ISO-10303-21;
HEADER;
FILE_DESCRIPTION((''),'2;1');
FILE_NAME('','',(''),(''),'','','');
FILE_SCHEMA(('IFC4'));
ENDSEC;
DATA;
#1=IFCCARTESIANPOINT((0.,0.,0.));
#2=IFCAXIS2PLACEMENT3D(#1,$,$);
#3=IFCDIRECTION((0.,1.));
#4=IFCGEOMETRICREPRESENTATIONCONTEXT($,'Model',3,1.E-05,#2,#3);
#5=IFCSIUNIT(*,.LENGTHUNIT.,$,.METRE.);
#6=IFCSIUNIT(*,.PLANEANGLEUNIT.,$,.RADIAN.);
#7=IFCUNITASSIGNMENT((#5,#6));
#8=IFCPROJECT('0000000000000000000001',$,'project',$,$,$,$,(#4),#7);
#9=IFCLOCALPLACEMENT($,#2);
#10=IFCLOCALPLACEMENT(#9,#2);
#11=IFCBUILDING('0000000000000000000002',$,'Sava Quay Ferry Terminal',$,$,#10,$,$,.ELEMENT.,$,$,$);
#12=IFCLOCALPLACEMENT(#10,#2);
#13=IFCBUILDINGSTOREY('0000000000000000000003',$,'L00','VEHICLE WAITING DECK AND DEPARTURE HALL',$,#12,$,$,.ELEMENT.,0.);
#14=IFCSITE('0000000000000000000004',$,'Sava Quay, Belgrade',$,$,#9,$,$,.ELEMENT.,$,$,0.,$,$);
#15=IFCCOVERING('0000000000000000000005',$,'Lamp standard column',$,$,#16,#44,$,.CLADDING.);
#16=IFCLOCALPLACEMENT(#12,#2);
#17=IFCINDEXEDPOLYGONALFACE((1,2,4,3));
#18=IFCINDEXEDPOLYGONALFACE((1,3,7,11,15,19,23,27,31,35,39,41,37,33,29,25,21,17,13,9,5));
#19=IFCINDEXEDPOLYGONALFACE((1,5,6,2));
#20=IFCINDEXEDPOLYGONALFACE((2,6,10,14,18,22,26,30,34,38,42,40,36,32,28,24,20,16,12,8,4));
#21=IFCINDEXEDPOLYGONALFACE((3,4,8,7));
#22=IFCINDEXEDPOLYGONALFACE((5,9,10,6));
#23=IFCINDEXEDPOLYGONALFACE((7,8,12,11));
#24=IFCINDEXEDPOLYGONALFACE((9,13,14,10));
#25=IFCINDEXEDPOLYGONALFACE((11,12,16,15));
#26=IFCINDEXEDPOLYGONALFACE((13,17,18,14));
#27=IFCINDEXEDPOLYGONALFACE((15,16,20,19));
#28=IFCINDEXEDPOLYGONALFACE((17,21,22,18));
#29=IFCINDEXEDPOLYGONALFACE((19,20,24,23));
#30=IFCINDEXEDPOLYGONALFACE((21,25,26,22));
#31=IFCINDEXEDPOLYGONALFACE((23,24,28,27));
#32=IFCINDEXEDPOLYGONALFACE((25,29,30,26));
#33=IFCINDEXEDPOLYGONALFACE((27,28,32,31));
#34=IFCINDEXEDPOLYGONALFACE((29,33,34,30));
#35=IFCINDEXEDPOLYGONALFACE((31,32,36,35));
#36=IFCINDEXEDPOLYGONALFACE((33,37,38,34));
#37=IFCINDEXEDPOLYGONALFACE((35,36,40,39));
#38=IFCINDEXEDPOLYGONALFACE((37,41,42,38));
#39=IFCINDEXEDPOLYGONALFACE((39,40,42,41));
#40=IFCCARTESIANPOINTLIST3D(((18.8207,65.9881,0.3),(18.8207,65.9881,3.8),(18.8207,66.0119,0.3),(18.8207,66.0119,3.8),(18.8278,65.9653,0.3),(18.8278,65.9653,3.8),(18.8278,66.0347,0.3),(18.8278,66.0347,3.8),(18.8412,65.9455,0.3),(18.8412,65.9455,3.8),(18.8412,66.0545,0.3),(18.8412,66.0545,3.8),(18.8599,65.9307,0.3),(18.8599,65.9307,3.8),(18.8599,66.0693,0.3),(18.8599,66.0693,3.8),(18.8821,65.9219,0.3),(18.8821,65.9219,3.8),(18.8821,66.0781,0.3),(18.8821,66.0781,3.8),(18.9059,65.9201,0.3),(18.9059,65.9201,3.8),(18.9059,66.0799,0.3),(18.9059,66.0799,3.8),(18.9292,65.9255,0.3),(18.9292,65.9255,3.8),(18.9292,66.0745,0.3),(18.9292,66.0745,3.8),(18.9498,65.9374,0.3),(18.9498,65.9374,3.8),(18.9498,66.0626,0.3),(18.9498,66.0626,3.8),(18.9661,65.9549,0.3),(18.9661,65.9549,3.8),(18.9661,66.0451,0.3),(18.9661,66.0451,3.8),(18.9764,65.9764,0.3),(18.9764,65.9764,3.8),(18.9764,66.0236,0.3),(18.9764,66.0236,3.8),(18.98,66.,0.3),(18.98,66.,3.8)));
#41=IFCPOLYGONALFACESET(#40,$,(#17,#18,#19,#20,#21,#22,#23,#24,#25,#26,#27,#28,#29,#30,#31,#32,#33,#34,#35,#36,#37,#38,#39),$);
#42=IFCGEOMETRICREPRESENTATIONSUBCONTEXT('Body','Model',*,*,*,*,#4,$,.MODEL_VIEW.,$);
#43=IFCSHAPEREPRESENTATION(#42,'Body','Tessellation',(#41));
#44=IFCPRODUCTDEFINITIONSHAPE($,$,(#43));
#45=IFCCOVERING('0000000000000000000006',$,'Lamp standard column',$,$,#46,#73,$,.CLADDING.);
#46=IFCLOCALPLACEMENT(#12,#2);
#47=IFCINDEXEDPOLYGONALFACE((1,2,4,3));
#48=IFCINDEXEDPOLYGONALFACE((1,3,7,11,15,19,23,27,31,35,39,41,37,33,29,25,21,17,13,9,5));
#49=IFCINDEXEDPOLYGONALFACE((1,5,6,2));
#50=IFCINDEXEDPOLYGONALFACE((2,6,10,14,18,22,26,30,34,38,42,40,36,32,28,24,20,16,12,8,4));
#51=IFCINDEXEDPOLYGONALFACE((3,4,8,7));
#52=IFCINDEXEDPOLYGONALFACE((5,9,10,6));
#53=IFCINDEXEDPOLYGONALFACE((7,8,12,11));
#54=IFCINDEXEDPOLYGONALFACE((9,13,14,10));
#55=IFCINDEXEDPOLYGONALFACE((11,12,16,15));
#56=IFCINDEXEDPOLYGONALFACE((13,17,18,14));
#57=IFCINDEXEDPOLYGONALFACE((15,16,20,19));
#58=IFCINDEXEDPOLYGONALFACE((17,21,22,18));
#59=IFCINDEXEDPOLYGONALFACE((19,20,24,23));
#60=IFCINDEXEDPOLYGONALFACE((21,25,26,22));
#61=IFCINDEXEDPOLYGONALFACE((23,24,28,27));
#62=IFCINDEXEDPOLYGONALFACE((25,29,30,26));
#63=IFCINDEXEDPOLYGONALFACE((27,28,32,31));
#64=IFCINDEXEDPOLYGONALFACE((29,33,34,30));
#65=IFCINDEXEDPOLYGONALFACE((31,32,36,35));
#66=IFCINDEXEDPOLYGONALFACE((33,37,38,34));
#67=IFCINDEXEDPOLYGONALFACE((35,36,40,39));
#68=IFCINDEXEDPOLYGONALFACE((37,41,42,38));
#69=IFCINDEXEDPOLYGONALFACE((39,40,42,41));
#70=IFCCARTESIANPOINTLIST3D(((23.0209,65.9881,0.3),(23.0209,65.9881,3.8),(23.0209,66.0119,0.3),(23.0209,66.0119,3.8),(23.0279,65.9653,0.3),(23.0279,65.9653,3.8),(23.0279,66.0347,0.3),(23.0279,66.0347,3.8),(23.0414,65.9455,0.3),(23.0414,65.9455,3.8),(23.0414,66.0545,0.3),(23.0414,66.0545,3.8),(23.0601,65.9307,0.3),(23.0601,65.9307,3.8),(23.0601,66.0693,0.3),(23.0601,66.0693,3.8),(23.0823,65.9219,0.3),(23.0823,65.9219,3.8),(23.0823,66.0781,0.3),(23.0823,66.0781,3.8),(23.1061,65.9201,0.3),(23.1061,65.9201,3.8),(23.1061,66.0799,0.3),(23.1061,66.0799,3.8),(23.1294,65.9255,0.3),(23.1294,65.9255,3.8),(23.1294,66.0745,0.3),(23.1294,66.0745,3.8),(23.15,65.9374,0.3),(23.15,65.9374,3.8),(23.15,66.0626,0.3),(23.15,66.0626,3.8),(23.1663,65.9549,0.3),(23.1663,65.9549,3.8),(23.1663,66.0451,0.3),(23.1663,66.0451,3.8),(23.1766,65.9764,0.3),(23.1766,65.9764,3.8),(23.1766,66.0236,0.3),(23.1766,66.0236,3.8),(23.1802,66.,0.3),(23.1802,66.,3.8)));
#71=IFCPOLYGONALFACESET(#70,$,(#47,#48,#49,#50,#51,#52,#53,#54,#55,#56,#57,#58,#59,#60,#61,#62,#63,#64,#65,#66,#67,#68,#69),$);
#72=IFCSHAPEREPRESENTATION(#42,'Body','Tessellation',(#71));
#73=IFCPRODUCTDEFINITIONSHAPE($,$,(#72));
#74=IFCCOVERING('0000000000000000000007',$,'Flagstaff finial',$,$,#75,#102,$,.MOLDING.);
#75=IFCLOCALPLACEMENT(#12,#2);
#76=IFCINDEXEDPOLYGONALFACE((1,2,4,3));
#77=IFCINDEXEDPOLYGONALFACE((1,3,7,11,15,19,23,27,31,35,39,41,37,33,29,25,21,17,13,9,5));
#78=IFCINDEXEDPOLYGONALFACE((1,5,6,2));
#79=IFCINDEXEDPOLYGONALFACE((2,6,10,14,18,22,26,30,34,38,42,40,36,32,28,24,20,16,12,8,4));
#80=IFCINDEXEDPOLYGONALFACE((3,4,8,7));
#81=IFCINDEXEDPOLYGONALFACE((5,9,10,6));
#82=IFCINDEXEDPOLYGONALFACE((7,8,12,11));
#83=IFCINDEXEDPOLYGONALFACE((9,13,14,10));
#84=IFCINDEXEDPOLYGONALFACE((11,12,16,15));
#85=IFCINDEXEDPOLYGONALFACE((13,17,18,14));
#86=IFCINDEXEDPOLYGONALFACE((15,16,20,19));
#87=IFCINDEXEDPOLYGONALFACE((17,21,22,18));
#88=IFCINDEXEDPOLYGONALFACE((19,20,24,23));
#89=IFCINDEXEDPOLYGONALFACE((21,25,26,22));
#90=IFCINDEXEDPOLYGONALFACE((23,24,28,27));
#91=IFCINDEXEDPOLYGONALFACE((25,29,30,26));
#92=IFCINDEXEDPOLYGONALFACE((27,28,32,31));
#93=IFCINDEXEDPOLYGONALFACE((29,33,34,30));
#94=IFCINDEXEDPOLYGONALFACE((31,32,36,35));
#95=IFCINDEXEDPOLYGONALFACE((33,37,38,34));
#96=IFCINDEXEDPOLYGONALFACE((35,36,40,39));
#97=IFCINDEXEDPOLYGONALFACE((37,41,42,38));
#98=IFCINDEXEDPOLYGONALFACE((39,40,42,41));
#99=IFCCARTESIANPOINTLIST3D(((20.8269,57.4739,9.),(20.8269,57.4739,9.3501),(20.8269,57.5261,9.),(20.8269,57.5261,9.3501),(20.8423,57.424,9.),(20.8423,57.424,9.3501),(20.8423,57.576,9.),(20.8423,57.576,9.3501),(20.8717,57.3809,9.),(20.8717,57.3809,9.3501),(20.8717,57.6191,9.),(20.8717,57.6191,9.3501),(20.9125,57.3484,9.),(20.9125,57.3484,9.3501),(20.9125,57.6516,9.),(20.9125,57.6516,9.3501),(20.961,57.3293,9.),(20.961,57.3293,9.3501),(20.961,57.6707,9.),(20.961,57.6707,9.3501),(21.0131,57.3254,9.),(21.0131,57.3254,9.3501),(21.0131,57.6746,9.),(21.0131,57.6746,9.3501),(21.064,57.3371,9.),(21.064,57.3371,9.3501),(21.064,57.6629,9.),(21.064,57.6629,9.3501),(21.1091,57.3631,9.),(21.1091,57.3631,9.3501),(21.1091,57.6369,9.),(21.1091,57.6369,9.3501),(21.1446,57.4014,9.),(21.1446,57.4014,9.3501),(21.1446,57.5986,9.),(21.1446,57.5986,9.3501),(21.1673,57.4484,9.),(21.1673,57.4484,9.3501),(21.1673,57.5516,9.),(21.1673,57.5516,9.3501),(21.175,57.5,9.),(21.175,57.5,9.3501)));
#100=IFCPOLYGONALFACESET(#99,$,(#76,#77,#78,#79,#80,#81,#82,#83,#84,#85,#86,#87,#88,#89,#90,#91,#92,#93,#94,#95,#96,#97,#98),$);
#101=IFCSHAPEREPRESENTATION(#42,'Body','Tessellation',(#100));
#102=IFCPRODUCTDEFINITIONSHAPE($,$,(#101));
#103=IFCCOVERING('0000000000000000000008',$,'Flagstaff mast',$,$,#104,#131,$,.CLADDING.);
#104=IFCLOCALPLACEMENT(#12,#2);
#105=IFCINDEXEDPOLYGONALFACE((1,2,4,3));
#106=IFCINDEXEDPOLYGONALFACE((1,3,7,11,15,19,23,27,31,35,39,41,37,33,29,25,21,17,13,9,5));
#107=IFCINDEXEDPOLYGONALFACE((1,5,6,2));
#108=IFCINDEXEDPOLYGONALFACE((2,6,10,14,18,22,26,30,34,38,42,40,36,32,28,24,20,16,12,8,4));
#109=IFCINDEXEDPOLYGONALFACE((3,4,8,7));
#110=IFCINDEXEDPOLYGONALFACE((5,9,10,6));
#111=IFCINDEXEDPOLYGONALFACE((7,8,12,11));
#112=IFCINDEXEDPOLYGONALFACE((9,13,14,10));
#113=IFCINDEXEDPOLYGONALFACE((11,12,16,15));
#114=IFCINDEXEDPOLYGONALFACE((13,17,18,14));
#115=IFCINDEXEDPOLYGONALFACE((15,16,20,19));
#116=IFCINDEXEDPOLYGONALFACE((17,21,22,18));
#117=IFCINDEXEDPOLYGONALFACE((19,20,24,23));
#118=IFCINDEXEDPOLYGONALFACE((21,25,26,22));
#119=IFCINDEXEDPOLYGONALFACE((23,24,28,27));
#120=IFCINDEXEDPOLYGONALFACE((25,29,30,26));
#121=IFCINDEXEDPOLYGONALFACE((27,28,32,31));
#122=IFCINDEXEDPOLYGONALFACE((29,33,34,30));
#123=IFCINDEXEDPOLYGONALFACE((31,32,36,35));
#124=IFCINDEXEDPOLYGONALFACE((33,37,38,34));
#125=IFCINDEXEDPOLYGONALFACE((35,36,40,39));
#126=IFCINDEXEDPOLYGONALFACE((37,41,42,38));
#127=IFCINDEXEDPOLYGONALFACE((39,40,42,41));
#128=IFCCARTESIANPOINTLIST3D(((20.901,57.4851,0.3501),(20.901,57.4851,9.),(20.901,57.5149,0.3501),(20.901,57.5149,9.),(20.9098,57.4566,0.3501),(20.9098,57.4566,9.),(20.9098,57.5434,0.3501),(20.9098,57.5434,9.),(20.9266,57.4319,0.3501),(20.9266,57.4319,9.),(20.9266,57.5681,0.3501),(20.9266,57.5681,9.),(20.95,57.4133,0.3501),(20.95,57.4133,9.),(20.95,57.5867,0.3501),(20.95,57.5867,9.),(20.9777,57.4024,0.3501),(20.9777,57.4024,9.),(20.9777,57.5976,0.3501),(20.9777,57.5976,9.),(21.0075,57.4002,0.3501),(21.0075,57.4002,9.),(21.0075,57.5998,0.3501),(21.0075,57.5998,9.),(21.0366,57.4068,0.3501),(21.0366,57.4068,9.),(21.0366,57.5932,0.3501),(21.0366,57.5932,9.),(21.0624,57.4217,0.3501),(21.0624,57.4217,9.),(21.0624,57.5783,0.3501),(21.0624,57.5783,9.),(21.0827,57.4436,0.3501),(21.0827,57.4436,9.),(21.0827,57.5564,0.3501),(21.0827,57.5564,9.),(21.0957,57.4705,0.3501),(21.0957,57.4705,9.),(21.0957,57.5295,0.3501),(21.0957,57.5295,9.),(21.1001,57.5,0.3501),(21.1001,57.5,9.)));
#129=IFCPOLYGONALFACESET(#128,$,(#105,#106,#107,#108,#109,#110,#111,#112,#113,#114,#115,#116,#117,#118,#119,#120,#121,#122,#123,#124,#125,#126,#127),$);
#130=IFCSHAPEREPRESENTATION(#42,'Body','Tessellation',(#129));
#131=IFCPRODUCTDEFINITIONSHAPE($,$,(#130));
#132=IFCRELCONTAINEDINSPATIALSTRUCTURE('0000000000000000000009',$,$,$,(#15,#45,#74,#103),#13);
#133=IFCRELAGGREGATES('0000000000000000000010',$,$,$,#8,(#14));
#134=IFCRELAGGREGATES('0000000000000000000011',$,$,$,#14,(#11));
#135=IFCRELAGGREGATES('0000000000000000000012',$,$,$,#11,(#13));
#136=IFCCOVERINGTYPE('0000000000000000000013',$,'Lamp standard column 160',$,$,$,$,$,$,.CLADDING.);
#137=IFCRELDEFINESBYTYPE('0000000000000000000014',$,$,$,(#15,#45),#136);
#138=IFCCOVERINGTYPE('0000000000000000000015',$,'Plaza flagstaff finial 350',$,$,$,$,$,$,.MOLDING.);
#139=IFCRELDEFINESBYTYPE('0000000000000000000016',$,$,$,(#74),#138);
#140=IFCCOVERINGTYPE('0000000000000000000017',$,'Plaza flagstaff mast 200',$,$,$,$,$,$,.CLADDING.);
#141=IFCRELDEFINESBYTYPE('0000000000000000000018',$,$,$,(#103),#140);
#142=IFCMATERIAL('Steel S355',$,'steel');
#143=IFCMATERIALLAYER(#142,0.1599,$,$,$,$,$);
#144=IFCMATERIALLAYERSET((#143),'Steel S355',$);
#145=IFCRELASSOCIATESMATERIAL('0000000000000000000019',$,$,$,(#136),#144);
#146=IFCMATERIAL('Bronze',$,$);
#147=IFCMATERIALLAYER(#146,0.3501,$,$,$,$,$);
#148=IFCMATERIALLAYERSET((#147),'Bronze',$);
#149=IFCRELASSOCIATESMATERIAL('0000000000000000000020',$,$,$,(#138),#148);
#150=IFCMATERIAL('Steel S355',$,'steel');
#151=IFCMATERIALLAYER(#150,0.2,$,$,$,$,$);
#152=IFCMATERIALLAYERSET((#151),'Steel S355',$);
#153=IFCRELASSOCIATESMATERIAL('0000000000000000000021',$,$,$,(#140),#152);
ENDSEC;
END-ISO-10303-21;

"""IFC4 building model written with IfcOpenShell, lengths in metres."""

from ifc_helpers import new_model, si_unit, direction, frame, origin, origin_2d, place, context, subcontext, project, spatial, circle, extrude, material, layer, layer_set, type_object, element, save


model = new_model("IFC4")

# Units and contexts
model_context = context("Model", 3, precision=1e-05, world=origin(), true_north=direction((0.0, 1.0)))
body_context = subcontext(model_context, "Body", "Model", "MODEL_VIEW")
ifc_project = project(units=[si_unit("LENGTHUNIT", "METRE"), si_unit("PLANEANGLEUNIT", "RADIAN")], contexts=[model_context])

# Site, building, storey
site_placement = place(None, origin())
site = spatial("IfcSite", under=ifc_project, at=site_placement, Name="Sava Quay, Belgrade", CompositionType="ELEMENT", RefElevation=0.0)
building_placement = place(site_placement, origin())
building = spatial("IfcBuilding", under=site, at=building_placement, Name="Sava Quay Ferry Terminal", CompositionType="ELEMENT")
storey_placement = place(building_placement, origin())
storey = spatial("IfcBuildingStorey", under=building, at=storey_placement, Name="L00", Description="VEHICLE WAITING DECK AND DEPARTURE HALL", CompositionType="ELEMENT", Elevation=0.0)

# Coverings
ifc_material_1 = material(Name="Steel S355", Category="steel")
ifc_layer_1 = layer(ifc_material_1, 0.1599)
ifc_layer_set_1 = layer_set([ifc_layer_1], Name="Steel S355")
covering_type_1 = type_object("IfcCoveringType", Name="Lamp standard column 160", PredefinedType="CLADDING", material=ifc_layer_set_1)
for number, where, z_axis, x_axis, name in (
    (1, (18.8999, 66.0, 3.8), (0.0, 0.0, -1.0), (1.0, 0.0, 0.0), "Lamp standard column"),
    (2, (23.1001, 66.0, 3.8), (0.0, 0.0, -1.0), (1.0, 0.0, 0.0), "Lamp standard column"),
):
    element("IfcCovering", number, at=place(storey_placement, frame(where, z_axis=z_axis, x_axis=x_axis)), inside=storey, type_object=covering_type_1, Name=name, PredefinedType="CLADDING", context=body_context, shape_type="SweptSolid", body=[
        extrude(circle(Radius=0.0801, at=origin_2d()), origin(), (0.0, 0.0, 1.0), 3.5),
    ])
ifc_material_2 = material(Name="Bronze")
ifc_layer_2 = layer(ifc_material_2, 0.3501)
ifc_layer_set_2 = layer_set([ifc_layer_2], Name="Bronze")
covering_type_2 = type_object("IfcCoveringType", Name="Plaza flagstaff finial 350", PredefinedType="MOLDING", material=ifc_layer_set_2)
covering_1_placement = place(storey_placement, frame((21.0, 57.5, 9.3501), z_axis=(0.0, 0.0, -1.0), x_axis=(1.0, 0.0, 0.0)))
element("IfcCovering", 3, at=covering_1_placement, inside=storey, type_object=covering_type_2, Name="Flagstaff finial", PredefinedType="MOLDING", context=body_context, shape_type="SweptSolid", body=[
    extrude(circle(Radius=0.175, at=origin_2d()), origin(), (0.0, 0.0, 1.0), 0.3501),
])
ifc_material_3 = material(Name="Steel S355", Category="steel")
ifc_layer_3 = layer(ifc_material_3, 0.2)
ifc_layer_set_3 = layer_set([ifc_layer_3], Name="Steel S355")
covering_type_3 = type_object("IfcCoveringType", Name="Plaza flagstaff mast 200", PredefinedType="CLADDING", material=ifc_layer_set_3)
covering_2_placement = place(storey_placement, frame((21.0, 57.5, 9.0), z_axis=(0.0, 0.0, -1.0), x_axis=(1.0, 0.0, 0.0)))
element("IfcCovering", 4, at=covering_2_placement, inside=storey, type_object=covering_type_3, Name="Flagstaff mast", PredefinedType="CLADDING", context=body_context, shape_type="SweptSolid", body=[
    extrude(circle(Radius=0.1001, at=origin_2d()), origin(), (0.0, 0.0, 1.0), 8.6499),
])

save(model, "model.ifc")
